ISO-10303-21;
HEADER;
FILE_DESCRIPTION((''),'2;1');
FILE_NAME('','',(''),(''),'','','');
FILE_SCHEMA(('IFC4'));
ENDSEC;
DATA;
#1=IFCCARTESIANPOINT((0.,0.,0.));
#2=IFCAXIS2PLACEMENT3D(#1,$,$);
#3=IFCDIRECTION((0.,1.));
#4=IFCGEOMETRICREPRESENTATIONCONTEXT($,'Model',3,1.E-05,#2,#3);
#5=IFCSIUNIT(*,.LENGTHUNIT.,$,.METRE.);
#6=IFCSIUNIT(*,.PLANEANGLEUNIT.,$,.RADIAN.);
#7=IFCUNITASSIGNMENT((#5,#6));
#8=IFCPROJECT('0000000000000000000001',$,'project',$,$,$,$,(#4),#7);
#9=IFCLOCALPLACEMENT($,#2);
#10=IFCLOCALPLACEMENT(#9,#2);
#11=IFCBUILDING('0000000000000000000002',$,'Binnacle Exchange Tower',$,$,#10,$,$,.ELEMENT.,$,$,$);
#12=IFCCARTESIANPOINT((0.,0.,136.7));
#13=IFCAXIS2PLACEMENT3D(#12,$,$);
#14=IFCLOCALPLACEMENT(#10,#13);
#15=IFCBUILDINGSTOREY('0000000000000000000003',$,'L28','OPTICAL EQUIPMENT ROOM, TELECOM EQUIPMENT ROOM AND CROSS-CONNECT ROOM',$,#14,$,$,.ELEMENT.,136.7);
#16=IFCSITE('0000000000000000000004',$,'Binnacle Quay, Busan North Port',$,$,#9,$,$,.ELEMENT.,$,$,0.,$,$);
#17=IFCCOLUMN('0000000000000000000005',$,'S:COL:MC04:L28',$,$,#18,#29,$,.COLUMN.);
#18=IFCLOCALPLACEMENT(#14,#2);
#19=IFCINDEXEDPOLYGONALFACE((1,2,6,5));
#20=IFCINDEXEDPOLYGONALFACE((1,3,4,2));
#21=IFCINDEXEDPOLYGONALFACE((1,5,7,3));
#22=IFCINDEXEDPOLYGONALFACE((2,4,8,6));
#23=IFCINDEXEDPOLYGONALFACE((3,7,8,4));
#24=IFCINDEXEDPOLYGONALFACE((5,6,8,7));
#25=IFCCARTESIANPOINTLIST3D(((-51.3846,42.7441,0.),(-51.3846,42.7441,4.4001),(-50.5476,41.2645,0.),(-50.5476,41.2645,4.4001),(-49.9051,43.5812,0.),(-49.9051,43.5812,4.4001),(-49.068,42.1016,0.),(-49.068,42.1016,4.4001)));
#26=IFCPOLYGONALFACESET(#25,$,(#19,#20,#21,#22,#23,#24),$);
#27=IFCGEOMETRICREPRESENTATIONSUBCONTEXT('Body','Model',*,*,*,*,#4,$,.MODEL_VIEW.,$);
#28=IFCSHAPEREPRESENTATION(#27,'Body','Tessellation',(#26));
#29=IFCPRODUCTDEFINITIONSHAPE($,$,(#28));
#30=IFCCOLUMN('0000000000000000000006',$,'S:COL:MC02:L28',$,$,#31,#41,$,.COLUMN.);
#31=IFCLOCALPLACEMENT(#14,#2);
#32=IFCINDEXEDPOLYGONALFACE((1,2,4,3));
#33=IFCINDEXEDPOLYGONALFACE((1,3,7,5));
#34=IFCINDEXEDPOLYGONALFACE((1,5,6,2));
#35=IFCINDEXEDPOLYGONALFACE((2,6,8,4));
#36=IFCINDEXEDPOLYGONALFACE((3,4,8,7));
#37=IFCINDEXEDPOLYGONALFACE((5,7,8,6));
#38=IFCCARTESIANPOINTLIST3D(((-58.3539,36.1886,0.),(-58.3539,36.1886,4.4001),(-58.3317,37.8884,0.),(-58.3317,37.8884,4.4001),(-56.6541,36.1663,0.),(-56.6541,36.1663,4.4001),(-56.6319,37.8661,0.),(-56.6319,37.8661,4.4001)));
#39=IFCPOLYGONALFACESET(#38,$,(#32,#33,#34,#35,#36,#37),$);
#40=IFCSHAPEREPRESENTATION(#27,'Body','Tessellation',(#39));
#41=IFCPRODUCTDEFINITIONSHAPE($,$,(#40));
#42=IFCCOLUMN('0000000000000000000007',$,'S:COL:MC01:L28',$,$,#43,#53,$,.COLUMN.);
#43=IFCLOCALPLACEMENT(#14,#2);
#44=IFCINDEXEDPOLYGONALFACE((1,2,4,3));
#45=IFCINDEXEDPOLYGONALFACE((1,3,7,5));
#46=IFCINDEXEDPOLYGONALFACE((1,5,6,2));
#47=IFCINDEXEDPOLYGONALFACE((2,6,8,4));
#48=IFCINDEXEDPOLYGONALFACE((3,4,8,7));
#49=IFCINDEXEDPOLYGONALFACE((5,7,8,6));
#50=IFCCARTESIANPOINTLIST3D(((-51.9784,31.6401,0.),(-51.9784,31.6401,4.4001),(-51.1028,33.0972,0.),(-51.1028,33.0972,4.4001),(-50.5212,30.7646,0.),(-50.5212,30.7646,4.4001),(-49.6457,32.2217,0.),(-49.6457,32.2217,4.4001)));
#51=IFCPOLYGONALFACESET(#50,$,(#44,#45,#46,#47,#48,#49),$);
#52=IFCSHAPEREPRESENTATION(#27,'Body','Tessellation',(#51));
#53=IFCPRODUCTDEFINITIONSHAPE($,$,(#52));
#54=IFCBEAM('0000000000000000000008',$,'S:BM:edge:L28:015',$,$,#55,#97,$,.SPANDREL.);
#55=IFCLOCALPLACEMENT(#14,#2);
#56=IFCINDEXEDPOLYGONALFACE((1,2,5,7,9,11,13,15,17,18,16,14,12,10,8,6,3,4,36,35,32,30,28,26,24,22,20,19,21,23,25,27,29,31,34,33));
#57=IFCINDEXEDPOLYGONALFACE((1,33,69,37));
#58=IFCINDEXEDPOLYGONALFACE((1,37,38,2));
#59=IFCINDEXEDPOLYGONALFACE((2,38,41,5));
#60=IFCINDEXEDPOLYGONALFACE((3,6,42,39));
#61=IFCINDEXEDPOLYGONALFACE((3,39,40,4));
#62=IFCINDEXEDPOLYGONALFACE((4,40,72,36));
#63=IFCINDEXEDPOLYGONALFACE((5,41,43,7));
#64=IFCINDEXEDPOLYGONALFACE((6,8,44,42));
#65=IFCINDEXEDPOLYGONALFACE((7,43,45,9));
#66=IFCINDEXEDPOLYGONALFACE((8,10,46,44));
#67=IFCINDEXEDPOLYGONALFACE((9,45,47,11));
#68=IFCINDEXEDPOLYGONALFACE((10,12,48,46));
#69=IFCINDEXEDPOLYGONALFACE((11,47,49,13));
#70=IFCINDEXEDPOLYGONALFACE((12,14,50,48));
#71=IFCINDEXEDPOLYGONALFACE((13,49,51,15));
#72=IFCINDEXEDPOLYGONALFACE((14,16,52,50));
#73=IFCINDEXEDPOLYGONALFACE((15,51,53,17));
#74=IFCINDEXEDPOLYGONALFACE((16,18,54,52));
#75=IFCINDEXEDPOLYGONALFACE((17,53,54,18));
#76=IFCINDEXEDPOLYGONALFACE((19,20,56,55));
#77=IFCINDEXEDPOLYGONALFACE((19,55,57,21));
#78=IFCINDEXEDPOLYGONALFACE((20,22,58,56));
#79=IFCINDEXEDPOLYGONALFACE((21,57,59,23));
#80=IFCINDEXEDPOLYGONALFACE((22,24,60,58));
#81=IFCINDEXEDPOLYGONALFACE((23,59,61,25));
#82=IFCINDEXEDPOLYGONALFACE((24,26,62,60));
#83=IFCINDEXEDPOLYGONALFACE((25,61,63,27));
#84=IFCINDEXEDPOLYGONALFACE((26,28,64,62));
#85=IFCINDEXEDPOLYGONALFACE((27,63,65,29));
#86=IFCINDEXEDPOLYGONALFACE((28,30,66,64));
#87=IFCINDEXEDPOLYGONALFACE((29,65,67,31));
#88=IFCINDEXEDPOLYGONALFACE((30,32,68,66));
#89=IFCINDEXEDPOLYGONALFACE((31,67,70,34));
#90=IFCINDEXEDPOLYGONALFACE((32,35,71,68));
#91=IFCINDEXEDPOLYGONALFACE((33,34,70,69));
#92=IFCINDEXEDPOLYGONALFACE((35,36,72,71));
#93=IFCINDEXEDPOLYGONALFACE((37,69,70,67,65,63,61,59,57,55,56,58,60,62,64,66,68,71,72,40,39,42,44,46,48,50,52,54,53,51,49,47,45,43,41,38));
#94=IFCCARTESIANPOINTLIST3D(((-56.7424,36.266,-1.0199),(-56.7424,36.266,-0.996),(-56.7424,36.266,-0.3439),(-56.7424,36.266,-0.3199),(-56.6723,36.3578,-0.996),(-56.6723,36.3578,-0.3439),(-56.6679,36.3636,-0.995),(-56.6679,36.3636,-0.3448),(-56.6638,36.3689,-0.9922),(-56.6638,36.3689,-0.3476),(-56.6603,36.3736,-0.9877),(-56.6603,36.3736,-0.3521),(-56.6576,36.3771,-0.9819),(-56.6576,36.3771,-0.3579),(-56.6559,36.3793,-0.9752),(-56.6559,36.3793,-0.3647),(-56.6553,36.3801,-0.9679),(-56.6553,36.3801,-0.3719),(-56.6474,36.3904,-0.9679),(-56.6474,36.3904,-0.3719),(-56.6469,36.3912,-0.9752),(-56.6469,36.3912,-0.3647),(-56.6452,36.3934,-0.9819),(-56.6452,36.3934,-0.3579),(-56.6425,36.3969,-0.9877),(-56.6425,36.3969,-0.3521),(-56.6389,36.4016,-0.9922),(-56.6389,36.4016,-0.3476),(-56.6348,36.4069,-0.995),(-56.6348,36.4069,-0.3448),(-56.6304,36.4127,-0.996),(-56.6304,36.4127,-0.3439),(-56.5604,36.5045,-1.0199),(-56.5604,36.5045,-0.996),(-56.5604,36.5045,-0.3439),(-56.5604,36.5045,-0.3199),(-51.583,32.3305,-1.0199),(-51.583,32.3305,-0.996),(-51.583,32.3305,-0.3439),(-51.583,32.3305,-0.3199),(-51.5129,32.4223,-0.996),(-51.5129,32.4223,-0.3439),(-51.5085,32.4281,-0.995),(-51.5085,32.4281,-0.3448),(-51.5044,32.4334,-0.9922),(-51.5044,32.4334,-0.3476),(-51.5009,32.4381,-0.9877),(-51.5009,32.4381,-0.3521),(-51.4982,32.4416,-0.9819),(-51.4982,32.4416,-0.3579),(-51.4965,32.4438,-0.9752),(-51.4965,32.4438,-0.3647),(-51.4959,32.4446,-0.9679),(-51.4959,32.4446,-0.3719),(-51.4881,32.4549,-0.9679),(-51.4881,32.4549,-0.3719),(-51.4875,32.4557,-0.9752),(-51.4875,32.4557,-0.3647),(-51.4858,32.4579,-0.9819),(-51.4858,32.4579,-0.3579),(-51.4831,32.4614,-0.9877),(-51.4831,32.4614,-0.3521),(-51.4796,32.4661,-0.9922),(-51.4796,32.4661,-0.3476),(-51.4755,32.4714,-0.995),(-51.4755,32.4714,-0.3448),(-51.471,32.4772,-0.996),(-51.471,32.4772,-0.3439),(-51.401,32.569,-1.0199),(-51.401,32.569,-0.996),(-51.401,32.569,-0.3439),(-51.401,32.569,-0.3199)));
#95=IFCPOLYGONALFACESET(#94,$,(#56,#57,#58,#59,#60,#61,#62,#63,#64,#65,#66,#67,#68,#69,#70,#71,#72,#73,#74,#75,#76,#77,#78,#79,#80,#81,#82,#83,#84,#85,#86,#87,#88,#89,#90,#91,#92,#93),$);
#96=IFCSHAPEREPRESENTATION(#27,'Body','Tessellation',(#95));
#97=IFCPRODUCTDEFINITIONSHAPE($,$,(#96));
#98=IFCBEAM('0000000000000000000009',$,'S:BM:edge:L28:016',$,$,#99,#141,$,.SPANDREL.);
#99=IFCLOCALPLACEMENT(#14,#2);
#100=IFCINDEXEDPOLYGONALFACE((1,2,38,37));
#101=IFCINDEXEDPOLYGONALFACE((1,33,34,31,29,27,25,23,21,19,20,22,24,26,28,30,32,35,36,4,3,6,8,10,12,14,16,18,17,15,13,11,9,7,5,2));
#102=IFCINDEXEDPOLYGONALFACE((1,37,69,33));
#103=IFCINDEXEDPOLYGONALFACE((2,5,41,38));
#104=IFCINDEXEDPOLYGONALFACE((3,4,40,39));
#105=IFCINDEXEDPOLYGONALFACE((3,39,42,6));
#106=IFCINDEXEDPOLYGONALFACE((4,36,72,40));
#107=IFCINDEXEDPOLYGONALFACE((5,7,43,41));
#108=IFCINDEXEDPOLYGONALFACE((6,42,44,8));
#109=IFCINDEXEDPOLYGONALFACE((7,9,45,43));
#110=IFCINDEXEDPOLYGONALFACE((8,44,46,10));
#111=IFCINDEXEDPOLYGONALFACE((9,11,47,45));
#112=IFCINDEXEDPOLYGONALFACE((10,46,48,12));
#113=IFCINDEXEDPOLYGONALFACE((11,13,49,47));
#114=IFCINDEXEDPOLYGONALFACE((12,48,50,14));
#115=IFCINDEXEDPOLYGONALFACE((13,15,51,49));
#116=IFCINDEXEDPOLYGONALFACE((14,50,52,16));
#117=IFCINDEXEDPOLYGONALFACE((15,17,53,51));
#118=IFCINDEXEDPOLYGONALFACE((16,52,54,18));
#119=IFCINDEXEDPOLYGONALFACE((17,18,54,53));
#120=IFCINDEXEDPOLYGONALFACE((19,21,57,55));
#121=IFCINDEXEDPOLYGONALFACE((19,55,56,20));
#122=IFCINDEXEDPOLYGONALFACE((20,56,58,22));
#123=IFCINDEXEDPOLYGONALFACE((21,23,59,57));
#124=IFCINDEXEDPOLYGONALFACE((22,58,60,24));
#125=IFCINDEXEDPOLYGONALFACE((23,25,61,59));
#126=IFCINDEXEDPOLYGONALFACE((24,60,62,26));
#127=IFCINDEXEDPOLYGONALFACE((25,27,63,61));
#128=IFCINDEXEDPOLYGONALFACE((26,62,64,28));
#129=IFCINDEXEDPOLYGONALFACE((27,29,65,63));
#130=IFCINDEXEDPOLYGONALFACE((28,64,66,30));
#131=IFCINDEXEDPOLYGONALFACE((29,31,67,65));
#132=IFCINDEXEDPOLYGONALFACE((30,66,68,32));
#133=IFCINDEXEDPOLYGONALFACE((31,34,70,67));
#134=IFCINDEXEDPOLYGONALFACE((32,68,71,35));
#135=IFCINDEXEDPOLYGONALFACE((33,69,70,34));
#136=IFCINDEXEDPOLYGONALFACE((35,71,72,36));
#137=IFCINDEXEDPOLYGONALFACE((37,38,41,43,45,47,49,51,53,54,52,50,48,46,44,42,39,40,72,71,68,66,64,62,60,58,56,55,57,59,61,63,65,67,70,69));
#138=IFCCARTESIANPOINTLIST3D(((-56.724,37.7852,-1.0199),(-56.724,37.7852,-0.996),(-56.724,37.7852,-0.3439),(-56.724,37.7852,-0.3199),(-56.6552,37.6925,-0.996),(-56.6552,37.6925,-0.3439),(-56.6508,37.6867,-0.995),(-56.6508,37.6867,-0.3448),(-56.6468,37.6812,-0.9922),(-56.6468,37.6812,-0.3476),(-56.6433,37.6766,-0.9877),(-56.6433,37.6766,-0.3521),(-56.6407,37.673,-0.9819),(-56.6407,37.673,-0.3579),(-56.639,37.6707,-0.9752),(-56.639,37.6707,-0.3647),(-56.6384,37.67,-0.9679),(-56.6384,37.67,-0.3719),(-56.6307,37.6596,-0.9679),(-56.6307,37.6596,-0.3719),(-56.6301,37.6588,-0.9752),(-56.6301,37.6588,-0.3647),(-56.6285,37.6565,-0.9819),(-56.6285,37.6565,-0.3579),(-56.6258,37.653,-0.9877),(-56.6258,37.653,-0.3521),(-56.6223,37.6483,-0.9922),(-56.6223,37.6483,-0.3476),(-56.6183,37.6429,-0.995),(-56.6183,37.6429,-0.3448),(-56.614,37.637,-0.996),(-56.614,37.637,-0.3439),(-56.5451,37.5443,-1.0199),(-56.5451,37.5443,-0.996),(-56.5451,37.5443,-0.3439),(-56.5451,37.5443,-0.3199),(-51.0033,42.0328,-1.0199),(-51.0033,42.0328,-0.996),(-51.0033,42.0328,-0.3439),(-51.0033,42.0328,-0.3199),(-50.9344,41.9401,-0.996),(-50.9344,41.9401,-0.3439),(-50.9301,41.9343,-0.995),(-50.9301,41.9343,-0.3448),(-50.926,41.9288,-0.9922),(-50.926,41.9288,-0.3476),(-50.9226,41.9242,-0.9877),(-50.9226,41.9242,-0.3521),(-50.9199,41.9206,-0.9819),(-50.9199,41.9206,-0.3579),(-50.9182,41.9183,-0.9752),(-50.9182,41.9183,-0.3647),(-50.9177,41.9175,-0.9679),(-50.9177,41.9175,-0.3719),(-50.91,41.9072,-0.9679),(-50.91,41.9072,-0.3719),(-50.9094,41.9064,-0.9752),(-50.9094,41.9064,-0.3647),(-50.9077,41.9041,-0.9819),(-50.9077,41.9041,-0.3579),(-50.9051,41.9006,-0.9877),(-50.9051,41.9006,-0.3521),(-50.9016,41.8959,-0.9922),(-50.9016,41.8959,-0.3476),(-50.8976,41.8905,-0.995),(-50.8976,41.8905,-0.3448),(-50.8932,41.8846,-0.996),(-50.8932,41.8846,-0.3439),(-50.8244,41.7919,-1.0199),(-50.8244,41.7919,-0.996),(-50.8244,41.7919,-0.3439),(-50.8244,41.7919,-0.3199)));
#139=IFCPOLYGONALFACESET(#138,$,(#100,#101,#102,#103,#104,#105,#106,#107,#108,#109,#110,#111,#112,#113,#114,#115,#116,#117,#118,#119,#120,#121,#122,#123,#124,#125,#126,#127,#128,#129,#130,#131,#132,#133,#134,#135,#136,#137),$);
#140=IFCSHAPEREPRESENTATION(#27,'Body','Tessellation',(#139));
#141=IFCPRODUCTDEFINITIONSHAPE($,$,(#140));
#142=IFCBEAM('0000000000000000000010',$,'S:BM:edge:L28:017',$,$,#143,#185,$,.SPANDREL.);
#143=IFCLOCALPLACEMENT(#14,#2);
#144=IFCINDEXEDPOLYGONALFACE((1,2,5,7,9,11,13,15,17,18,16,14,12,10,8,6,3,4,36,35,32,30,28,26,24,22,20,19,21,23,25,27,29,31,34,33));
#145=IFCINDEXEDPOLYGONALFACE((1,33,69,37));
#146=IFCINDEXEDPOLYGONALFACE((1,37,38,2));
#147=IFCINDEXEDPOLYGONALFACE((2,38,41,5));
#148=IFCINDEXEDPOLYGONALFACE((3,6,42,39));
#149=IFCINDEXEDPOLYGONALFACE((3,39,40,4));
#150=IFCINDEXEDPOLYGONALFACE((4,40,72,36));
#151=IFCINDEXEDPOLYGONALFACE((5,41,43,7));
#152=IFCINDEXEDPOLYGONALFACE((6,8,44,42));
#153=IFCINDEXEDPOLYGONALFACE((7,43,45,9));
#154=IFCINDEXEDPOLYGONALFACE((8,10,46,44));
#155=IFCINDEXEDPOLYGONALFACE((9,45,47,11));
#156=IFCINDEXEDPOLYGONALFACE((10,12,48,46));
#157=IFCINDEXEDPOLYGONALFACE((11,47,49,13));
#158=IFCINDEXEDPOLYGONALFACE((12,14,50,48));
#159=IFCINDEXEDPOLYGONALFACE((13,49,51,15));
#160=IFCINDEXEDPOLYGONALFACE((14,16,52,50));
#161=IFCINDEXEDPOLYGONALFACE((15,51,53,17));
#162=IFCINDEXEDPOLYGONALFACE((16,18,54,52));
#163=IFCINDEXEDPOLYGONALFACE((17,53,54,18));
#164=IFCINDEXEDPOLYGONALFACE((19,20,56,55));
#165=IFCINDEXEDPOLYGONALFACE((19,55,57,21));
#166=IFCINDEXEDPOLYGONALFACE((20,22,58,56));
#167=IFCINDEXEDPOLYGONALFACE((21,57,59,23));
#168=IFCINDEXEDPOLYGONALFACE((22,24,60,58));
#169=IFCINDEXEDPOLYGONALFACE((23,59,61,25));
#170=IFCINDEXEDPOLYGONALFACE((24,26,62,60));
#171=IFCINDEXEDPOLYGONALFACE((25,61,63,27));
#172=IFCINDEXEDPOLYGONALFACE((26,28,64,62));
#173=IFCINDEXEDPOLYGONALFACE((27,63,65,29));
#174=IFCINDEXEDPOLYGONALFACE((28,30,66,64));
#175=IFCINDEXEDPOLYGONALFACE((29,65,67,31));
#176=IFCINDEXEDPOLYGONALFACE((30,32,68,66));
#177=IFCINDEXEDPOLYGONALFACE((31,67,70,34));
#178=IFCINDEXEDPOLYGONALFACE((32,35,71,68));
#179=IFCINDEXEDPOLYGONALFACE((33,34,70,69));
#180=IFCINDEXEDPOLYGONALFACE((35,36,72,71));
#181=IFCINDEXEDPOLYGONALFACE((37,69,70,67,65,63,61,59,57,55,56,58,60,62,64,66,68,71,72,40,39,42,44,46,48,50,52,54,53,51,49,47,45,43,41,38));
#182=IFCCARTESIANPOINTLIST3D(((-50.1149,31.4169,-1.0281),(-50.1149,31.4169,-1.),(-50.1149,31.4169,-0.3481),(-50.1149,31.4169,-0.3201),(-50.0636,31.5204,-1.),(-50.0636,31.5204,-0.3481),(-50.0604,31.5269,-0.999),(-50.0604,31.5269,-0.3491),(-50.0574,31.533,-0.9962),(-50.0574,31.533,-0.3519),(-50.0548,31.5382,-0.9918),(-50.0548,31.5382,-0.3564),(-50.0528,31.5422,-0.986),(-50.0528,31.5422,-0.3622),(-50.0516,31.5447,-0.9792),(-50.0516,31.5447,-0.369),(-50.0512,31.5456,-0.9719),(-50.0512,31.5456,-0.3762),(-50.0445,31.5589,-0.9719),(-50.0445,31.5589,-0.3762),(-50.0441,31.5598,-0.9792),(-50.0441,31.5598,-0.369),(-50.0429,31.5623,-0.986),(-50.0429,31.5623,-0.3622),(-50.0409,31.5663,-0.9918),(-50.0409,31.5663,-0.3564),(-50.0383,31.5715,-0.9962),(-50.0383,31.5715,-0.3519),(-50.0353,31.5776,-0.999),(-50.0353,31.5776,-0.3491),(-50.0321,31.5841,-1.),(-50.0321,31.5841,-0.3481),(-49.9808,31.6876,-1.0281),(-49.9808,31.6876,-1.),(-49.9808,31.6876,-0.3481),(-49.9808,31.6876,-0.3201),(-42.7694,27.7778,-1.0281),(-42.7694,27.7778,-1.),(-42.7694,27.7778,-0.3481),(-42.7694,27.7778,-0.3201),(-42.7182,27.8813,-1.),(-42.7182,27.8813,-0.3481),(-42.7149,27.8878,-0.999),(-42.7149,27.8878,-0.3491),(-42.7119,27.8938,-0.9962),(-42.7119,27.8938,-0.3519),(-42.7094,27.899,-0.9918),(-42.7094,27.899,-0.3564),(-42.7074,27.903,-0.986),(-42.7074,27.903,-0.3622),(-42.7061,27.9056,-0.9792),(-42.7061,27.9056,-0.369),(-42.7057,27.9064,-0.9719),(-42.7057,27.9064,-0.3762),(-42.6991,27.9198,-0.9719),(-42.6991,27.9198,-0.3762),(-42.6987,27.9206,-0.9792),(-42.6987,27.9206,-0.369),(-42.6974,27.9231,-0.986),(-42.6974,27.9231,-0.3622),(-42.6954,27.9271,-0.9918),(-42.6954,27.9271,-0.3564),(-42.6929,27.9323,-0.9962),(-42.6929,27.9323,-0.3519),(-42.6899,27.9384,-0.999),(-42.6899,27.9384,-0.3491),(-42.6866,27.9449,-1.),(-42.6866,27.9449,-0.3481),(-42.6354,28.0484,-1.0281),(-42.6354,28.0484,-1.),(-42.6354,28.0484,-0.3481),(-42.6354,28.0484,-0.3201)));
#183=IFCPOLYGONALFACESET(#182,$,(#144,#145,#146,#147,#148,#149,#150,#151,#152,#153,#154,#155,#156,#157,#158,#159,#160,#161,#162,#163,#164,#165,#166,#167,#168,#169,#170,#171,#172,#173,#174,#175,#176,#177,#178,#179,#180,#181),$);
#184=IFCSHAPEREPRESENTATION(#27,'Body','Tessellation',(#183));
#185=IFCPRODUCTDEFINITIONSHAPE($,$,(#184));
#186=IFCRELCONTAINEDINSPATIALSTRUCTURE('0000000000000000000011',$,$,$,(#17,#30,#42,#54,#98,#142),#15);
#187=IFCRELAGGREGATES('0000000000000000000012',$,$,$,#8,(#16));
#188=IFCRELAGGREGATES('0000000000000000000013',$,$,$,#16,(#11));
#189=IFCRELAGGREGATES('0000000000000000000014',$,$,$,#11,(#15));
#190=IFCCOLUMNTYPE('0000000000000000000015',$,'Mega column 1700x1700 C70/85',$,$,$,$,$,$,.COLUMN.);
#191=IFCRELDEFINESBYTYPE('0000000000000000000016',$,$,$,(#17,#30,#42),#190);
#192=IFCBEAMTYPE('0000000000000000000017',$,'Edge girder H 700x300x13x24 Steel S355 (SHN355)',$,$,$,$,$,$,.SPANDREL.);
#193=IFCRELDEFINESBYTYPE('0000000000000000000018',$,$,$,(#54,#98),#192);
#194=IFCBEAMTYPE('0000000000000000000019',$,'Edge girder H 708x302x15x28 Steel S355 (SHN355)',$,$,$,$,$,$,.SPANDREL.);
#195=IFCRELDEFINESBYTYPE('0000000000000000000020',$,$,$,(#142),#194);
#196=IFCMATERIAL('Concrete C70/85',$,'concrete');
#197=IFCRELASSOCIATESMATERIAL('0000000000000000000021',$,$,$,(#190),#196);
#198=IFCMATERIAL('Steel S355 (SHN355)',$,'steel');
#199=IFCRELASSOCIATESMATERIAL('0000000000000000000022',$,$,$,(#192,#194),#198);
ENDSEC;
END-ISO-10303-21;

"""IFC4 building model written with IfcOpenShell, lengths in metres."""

from ifc_helpers import new_model, si_unit, direction, frame, origin, origin_2d, place, context, subcontext, project, spatial, rectangle, i_section, extrude, material, material_profile, profile_set, type_object, element, save


model = new_model("IFC4")

# Units and contexts
model_context = context("Model", 3, precision=1e-05, world=origin(), true_north=direction((0.0, 1.0)))
body_context = subcontext(model_context, "Body", "Model", "MODEL_VIEW")
ifc_project = project(units=[si_unit("LENGTHUNIT", "METRE"), si_unit("PLANEANGLEUNIT", "RADIAN")], contexts=[model_context])

# Site, building, storey
site_placement = place(None, origin())
site = spatial("IfcSite", under=ifc_project, at=site_placement, Name="Binnacle Quay, Busan North Port", CompositionType="ELEMENT", RefElevation=0.0)
building_placement = place(site_placement, origin())
building = spatial("IfcBuilding", under=site, at=building_placement, Name="Binnacle Exchange Tower", CompositionType="ELEMENT")
storey_placement = place(building_placement, frame((0.0, 0.0, 136.7)))
storey = spatial("IfcBuildingStorey", under=building, at=storey_placement, Name="L28", Description="OPTICAL EQUIPMENT ROOM, TELECOM EQUIPMENT ROOM AND CROSS-CONNECT ROOM", CompositionType="ELEMENT", Elevation=136.7)

# Columns
ifc_material_1 = material(Name="Concrete C70/85", Category="concrete")
ifc_material_profile_1 = material_profile(ifc_material_1, rectangle(XDim=1.7, YDim=1.7, at=origin_2d()), Name="Mega column 1700x1700 C70/85")
ifc_profile_set_1 = profile_set([ifc_material_profile_1], Name="Concrete C70/85")
column_type = type_object("IfcColumnType", Name="Mega column 1700x1700 C70/85", PredefinedType="COLUMN", material=ifc_profile_set_1)
for number, where, z_axis, x_axis, name in (
    (1, (-50.2263, 42.4229, 0.0), (0.0, 0.0, 1.0), (-0.870356, -0.492424, 0.0), "S:COL:MC04:L28"),
    (2, (-57.4929, 37.0273, 0.0), (0.0, 0.0, 1.0), (-0.01309, -0.999914, 0.0), "S:COL:MC02:L28"),
    (3, (-50.812, 31.9309, 0.0), (0.0, 0.0, 1.0), (0.857167, -0.515038, 0.0), "S:COL:MC01:L28"),
):
    element("IfcColumn", number, at=place(storey_placement, frame(where, z_axis=z_axis, x_axis=x_axis)), inside=storey, type_object=column_type, Name=name, PredefinedType="COLUMN", context=body_context, shape_type="SweptSolid", body=[
        extrude(rectangle(XDim=1.7, YDim=1.7, at=origin_2d()), origin(), (0.0, 0.0, 1.0), 4.4001),
    ])

# Beams
ifc_material_2 = material(Name="Steel S355 (SHN355)", Category="steel")
ifc_material_profile_2 = material_profile(ifc_material_2, i_section(OverallWidth=0.3, OverallDepth=0.7, WebThickness=0.0129, FlangeThickness=0.0239, FilletRadius=0.0281, at=origin_2d()), Name="H 700x300x13x24")
ifc_profile_set_2 = profile_set([ifc_material_profile_2], Name="Steel S355 (SHN355)")
beam_type_1 = type_object("IfcBeamType", Name="Edge girder H 700x300x13x24 Steel S355 (SHN355)", PredefinedType="SPANDREL", material=ifc_profile_set_2)
beam_1_placement = place(storey_placement, frame((-56.6514, 36.3853, -0.6699), z_axis=(0.795093, -0.606487, 0.0), x_axis=(0.606487, 0.795093, 0.0)))
element("IfcBeam", 4, at=beam_1_placement, inside=storey, type_object=beam_type_1, Name="S:BM:edge:L28:015", PredefinedType="SPANDREL", context=body_context, shape_type="SweptSolid", body=[
    extrude(i_section(OverallWidth=0.3, OverallDepth=0.7, WebThickness=0.0129, FlangeThickness=0.0239, FilletRadius=0.0281, at=origin_2d()), origin(), (0.0, 0.0, 1.0), 6.489),
])
beam_2_placement = place(storey_placement, frame((-50.9138, 41.9124, -0.6699), z_axis=(-0.802885, -0.596133, 0.0), x_axis=(0.596133, -0.802885, 0.0)))
element("IfcBeam", 5, at=beam_2_placement, inside=storey, type_object=beam_type_1, Name="S:BM:edge:L28:016", PredefinedType="SPANDREL", context=body_context, shape_type="SweptSolid", body=[
    extrude(i_section(OverallWidth=0.3, OverallDepth=0.7, WebThickness=0.0129, FlangeThickness=0.0239, FilletRadius=0.0281, at=origin_2d()), origin(), (0.0, 0.0, 1.0), 7.1252),
])
ifc_material_profile_3 = material_profile(ifc_material_2, i_section(OverallWidth=0.302, OverallDepth=0.708, WebThickness=0.0149, FlangeThickness=0.0281, FilletRadius=0.0281, at=origin_2d()), Name="H 708x302x15x28")
ifc_profile_set_3 = profile_set([ifc_material_profile_3], Name="Steel S355 (SHN355)")
beam_type_2 = type_object("IfcBeamType", Name="Edge girder H 708x302x15x28 Steel S355 (SHN355)", PredefinedType="SPANDREL", material=ifc_profile_set_3)
beam_3_placement = place(storey_placement, frame((-50.0479, 31.5522, -0.6741), z_axis=(0.896059, -0.443935, 0.0), x_axis=(0.443935, 0.896059, 0.0)))
element("IfcBeam", 6, at=beam_3_placement, inside=storey, type_object=beam_type_2, Name="S:BM:edge:L28:017", PredefinedType="SPANDREL", context=body_context, shape_type="SweptSolid", body=[
    extrude(i_section(OverallWidth=0.302, OverallDepth=0.708, WebThickness=0.0149, FlangeThickness=0.0281, FilletRadius=0.0281, at=origin_2d()), origin(), (0.0, 0.0, 1.0), 8.1975),
])

save(model, "model.ifc")
